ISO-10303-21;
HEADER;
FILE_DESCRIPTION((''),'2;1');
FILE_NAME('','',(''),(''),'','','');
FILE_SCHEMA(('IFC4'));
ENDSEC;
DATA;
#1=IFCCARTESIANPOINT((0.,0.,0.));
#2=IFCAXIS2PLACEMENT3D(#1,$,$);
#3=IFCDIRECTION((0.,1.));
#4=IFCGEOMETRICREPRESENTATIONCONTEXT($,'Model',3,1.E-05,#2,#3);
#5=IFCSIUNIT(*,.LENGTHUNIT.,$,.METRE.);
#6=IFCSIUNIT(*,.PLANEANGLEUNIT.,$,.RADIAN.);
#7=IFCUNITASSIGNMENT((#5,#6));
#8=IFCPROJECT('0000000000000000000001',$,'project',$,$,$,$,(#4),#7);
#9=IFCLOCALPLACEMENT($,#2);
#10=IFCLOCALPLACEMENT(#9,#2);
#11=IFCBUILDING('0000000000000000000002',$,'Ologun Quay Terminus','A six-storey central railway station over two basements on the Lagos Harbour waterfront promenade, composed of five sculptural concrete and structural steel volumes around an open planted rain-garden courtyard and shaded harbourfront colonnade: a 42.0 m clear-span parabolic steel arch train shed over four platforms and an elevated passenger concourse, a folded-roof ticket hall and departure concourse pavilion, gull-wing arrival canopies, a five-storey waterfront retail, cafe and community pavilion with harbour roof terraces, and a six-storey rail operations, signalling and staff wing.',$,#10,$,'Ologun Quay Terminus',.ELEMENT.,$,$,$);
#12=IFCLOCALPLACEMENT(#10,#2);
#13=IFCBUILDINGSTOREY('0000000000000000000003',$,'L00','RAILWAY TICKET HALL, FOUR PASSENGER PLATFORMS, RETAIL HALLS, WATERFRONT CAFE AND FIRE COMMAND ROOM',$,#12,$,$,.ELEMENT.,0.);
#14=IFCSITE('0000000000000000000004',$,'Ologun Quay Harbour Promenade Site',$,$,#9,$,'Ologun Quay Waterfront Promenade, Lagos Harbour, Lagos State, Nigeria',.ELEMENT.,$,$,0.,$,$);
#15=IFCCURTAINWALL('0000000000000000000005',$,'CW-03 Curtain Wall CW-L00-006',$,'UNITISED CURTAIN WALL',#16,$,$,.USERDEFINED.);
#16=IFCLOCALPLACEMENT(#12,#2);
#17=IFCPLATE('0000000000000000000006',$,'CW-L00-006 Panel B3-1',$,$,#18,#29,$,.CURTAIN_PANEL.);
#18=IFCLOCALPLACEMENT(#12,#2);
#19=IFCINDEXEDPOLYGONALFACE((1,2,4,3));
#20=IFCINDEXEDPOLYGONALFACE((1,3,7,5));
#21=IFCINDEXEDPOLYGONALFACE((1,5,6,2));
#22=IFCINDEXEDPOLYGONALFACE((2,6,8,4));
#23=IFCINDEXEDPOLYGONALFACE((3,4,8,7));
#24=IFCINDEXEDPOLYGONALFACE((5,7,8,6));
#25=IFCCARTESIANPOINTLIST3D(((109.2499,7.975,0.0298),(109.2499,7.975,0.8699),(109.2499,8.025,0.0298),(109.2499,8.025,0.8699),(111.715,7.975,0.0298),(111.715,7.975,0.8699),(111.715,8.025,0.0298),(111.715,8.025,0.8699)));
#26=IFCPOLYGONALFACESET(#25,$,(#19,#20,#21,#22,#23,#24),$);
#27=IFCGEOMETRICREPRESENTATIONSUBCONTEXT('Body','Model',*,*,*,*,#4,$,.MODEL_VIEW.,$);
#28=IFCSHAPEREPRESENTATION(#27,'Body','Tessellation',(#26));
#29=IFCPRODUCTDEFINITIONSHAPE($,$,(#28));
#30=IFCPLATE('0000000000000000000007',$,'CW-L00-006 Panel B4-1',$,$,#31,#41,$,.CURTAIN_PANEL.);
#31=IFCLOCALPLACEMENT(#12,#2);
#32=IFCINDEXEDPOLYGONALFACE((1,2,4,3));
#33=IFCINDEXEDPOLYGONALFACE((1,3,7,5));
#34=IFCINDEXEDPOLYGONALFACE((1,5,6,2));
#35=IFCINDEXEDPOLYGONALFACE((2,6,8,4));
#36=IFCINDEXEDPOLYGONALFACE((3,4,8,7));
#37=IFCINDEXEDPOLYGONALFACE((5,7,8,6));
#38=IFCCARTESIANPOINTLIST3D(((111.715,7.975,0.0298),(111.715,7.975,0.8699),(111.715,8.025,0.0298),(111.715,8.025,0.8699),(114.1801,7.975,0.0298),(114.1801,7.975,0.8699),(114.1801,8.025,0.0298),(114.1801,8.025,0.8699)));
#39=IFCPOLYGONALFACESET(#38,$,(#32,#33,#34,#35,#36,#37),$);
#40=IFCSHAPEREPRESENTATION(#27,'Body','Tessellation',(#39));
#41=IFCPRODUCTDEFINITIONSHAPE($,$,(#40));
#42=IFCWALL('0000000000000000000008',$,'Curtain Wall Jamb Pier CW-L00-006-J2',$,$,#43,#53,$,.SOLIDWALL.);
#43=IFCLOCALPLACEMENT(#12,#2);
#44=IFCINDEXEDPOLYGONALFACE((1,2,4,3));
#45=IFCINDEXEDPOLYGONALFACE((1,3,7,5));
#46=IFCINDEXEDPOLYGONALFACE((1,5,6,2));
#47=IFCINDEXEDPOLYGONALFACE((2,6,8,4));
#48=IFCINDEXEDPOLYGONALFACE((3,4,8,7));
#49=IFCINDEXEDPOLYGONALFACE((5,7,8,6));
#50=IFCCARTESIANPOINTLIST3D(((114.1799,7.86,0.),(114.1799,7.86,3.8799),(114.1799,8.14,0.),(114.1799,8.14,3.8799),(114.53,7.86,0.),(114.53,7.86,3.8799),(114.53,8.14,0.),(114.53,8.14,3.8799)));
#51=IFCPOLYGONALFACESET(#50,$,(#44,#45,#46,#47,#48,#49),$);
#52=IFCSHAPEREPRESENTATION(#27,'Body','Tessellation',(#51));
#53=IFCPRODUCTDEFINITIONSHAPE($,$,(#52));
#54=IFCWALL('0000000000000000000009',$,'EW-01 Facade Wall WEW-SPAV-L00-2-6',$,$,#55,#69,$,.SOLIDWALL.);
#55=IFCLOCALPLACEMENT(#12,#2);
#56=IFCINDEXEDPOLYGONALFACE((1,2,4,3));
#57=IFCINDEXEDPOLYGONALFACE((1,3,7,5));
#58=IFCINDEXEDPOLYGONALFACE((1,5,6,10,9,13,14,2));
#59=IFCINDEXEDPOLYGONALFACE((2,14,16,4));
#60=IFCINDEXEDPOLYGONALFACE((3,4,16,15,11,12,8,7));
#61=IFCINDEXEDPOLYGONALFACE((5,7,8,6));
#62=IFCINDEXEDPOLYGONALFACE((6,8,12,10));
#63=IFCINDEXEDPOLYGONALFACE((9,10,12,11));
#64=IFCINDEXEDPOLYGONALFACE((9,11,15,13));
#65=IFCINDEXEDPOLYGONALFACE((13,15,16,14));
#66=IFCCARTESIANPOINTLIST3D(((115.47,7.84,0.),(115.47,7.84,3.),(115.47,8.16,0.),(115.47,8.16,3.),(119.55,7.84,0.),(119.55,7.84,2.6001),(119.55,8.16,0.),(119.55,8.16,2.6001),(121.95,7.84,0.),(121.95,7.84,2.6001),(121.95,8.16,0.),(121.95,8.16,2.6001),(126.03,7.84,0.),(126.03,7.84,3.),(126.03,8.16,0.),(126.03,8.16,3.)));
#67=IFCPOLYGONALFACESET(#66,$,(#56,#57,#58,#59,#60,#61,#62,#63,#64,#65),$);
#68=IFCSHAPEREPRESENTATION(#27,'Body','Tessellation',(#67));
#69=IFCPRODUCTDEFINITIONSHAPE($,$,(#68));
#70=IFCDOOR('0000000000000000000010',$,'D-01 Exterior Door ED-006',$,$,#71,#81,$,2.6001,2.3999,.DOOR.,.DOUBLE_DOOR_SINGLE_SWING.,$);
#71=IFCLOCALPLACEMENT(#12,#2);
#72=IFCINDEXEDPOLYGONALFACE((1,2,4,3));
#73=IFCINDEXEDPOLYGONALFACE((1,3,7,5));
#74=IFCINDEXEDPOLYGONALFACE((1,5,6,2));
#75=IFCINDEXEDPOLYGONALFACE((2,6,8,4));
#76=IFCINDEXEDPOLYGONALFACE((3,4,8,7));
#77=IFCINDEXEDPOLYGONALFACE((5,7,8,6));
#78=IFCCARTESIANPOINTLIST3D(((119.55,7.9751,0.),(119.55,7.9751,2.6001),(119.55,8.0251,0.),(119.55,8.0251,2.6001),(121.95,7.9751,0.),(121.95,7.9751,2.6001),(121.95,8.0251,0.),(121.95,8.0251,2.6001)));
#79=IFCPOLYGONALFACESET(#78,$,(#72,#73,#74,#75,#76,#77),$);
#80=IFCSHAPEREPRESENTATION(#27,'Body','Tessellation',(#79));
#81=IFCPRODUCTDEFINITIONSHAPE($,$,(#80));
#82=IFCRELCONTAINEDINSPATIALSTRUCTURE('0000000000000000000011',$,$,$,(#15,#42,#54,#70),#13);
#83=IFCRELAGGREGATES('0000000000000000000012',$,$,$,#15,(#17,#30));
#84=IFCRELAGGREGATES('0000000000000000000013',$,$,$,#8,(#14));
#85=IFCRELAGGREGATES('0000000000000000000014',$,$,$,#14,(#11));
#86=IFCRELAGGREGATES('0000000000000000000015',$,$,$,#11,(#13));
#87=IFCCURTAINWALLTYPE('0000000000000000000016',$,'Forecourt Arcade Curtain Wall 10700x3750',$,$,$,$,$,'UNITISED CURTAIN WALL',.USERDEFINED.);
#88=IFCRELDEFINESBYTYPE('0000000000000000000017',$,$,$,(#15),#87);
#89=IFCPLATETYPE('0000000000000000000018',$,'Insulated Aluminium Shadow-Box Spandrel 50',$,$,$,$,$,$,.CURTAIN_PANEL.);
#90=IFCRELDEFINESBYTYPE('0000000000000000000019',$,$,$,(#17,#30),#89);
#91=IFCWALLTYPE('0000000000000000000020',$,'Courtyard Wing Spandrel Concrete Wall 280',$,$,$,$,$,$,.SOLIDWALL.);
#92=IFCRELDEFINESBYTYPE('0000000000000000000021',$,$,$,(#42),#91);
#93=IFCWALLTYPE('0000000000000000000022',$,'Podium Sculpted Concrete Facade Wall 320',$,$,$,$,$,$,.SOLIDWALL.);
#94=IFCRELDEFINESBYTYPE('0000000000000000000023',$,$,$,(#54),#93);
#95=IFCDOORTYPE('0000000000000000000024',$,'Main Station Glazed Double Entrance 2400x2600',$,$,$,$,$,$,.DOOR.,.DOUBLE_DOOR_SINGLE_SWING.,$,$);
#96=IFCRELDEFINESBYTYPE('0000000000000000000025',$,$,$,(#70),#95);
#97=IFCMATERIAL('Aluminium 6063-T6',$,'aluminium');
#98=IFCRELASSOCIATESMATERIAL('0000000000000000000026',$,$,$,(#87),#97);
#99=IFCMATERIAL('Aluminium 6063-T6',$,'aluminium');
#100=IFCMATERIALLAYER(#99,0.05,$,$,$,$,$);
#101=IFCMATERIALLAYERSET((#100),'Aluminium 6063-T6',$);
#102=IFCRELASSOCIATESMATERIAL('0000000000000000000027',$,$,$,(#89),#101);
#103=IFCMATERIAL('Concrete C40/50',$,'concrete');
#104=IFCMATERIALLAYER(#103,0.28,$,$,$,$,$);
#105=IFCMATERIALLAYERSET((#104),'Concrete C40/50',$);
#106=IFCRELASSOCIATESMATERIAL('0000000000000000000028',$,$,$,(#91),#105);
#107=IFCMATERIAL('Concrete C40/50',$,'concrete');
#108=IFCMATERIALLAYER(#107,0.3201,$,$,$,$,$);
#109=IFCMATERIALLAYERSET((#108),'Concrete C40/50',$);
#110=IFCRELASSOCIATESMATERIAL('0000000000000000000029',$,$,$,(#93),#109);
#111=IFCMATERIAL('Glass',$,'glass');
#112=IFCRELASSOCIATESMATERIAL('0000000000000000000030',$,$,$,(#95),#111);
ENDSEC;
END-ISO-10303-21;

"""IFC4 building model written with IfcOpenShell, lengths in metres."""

from ifc_helpers import new_model, si_unit, direction, frame, frame_2d, origin, origin_2d, place, context, subcontext, project, spatial, rectangle, extrude, material, layer, layer_set, type_object, element, fill, aggregate, save


model = new_model("IFC4")

# Units and contexts
model_context = context("Model", 3, precision=1e-05, world=origin(), true_north=direction((0.0, 1.0)))
body_context = subcontext(model_context, "Body", "Model", "MODEL_VIEW")
ifc_project = project(units=[si_unit("LENGTHUNIT", "METRE"), si_unit("PLANEANGLEUNIT", "RADIAN")], contexts=[model_context])

# Site, building, storey
site_placement = place(None, origin())
site = spatial("IfcSite", under=ifc_project, at=site_placement, Name="Ologun Quay Harbour Promenade Site", LongName="Ologun Quay Waterfront Promenade, Lagos Harbour, Lagos State, Nigeria", CompositionType="ELEMENT", RefElevation=0.0)
building_placement = place(site_placement, origin())
building = spatial("IfcBuilding", under=site, at=building_placement, Name="Ologun Quay Terminus", Description="A six-storey central railway station over two basements on the Lagos Harbour waterfront promenade, composed of five sculptural concrete and structural steel volumes around an open planted rain-garden courtyard and shaded harbourfront colonnade: a 42.0 m clear-span parabolic steel arch train shed over four platforms and an elevated passenger concourse, a folded-roof ticket hall and departure concourse pavilion, gull-wing arrival canopies, a five-storey waterfront retail, cafe and community pavilion with harbour roof terraces, and a six-storey rail operations, signalling and staff wing.", LongName="Ologun Quay Terminus", CompositionType="ELEMENT")
storey_placement = place(building_placement, origin())
storey = spatial("IfcBuildingStorey", under=building, at=storey_placement, Name="L00", Description="RAILWAY TICKET HALL, FOUR PASSENGER PLATFORMS, RETAIL HALLS, WATERFRONT CAFE AND FIRE COMMAND ROOM", CompositionType="ELEMENT", Elevation=0.0)

# Curtain wall
ifc_material_1 = material(Name="Aluminium 6063-T6", Category="aluminium")
curtain_wall_type = type_object("IfcCurtainWallType", Name="Forecourt Arcade Curtain Wall 10700x3750", ElementType="UNITISED CURTAIN WALL", PredefinedType="USERDEFINED", material=ifc_material_1)
curtain_wall_placement = place(storey_placement, origin())
curtain_wall = element("IfcCurtainWall", 1, at=curtain_wall_placement, inside=storey, type_object=curtain_wall_type, Name="CW-03 Curtain Wall CW-L00-006", ObjectType="UNITISED CURTAIN WALL", PredefinedType="USERDEFINED")

# Plates
ifc_material_2 = material(Name="Aluminium 6063-T6", Category="aluminium")
ifc_layer_1 = layer(ifc_material_2, 0.05)
ifc_layer_set_1 = layer_set([ifc_layer_1], Name="Aluminium 6063-T6")
plate_type_1 = type_object("IfcPlateType", Name="Insulated Aluminium Shadow-Box Spandrel 50", PredefinedType="CURTAIN_PANEL", material=ifc_layer_set_1)
plate_1_placement = place(storey_placement, frame((110.4824, 8.0, 0.0298), z_axis=(0.0, 0.0, 1.0), x_axis=(1.0, 0.0, 0.0)))
plate_1 = element("IfcPlate", 2, at=plate_1_placement, type_object=plate_type_1, Name="CW-L00-006 Panel B3-1", PredefinedType="CURTAIN_PANEL", context=body_context, shape_type="SweptSolid", body=[
    extrude(rectangle(XDim=2.4651, YDim=0.05, at=origin_2d()), origin(), (0.0, 0.0, 1.0), 0.8401),
])
plate_2_placement = place(storey_placement, frame((112.9475, 8.0, 0.0298), z_axis=(0.0, 0.0, 1.0), x_axis=(1.0, 0.0, 0.0)))
plate_2 = element("IfcPlate", 3, at=plate_2_placement, type_object=plate_type_1, Name="CW-L00-006 Panel B4-1", PredefinedType="CURTAIN_PANEL", context=body_context, shape_type="SweptSolid", body=[
    extrude(rectangle(XDim=2.4651, YDim=0.05, at=origin_2d()), origin(), (0.0, 0.0, 1.0), 0.8401),
])
aggregate(curtain_wall, [plate_1, plate_2])

# Wall
ifc_material_3 = material(Name="Concrete C40/50", Category="concrete")
ifc_layer_2 = layer(ifc_material_3, 0.28)
ifc_layer_set_2 = layer_set([ifc_layer_2], Name="Concrete C40/50")
wall_type_1 = type_object("IfcWallType", Name="Courtyard Wing Spandrel Concrete Wall 280", PredefinedType="SOLIDWALL", material=ifc_layer_set_2)
wall_1_placement = place(storey_placement, frame((114.1799, 8.0, 0.0), z_axis=(0.0, 0.0, 1.0), x_axis=(1.0, 0.0, 0.0)))
element("IfcWall", 4, at=wall_1_placement, inside=storey, type_object=wall_type_1, Name="Curtain Wall Jamb Pier CW-L00-006-J2", PredefinedType="SOLIDWALL", context=body_context, shape_type="SweptSolid", body=[
    extrude(rectangle(XDim=0.3501, YDim=0.28, at=frame_2d((0.175, 0.0))), origin(), (0.0, 0.0, 1.0), 3.8799),
])

# Wall, opening, door
ifc_material_4 = material(Name="Concrete C40/50", Category="concrete")
ifc_layer_3 = layer(ifc_material_4, 0.3201)
ifc_layer_set_3 = layer_set([ifc_layer_3], Name="Concrete C40/50")
wall_type_2 = type_object("IfcWallType", Name="Podium Sculpted Concrete Facade Wall 320", PredefinedType="SOLIDWALL", material=ifc_layer_set_3)
wall_2_placement = place(storey_placement, frame((115.47, 8.0, 0.0), z_axis=(0.0, 0.0, 1.0), x_axis=(1.0, 0.0, 0.0)))
wall_2 = element("IfcWall", 5, at=wall_2_placement, inside=storey, type_object=wall_type_2, Name="EW-01 Facade Wall WEW-SPAV-L00-2-6", PredefinedType="SOLIDWALL", context=body_context, shape_type="SweptSolid", body=[
    extrude(rectangle(XDim=10.5601, YDim=0.3201, at=frame_2d((5.28, 0.0))), origin(), (0.0, 0.0, 1.0), 3.0),
])
opening_placement = place(wall_2_placement, frame((4.0801, 0.0, 0.0)))
opening = element("IfcOpeningElement", 6, at=opening_placement, cuts=wall_2, PredefinedType="OPENING", context=body_context, shape_type="SweptSolid", body=[
    extrude(rectangle(XDim=2.3999, YDim=2.6001, at=frame_2d((1.2, 1.3))), frame((0.0, 0.1699, 0.0), z_axis=(0.0, -1.0, 0.0), x_axis=(1.0, 0.0, 0.0)), (0.0, 0.0, 1.0), 0.3401),
])
ifc_material_5 = material(Name="Glass", Category="glass")
door_type = type_object("IfcDoorType", Name="Main Station Glazed Double Entrance 2400x2600", OperationType="DOUBLE_DOOR_SINGLE_SWING", PredefinedType="DOOR", material=ifc_material_5)
door_placement = place(opening_placement, frame((1.2, 0.0, 0.0), z_axis=(0.0, 0.0, 1.0), x_axis=(-1.0, 0.0, 0.0)))
door = element("IfcDoor", 7, at=door_placement, inside=storey, type_object=door_type, Name="D-01 Exterior Door ED-006", OperationType="DOUBLE_DOOR_SINGLE_SWING", OverallHeight=2.6001, OverallWidth=2.3999, PredefinedType="DOOR", context=body_context, shape_type="SweptSolid", body=[
    extrude(rectangle(XDim=2.3999, YDim=2.6001, at=frame_2d((0.0, 1.3))), frame((0.0, 0.0249, 0.0), z_axis=(0.0, -1.0, 0.0), x_axis=(1.0, 0.0, 0.0)), (0.0, 0.0, 1.0), 0.05),
])
fill(opening, door)

save(model, "model.ifc")
